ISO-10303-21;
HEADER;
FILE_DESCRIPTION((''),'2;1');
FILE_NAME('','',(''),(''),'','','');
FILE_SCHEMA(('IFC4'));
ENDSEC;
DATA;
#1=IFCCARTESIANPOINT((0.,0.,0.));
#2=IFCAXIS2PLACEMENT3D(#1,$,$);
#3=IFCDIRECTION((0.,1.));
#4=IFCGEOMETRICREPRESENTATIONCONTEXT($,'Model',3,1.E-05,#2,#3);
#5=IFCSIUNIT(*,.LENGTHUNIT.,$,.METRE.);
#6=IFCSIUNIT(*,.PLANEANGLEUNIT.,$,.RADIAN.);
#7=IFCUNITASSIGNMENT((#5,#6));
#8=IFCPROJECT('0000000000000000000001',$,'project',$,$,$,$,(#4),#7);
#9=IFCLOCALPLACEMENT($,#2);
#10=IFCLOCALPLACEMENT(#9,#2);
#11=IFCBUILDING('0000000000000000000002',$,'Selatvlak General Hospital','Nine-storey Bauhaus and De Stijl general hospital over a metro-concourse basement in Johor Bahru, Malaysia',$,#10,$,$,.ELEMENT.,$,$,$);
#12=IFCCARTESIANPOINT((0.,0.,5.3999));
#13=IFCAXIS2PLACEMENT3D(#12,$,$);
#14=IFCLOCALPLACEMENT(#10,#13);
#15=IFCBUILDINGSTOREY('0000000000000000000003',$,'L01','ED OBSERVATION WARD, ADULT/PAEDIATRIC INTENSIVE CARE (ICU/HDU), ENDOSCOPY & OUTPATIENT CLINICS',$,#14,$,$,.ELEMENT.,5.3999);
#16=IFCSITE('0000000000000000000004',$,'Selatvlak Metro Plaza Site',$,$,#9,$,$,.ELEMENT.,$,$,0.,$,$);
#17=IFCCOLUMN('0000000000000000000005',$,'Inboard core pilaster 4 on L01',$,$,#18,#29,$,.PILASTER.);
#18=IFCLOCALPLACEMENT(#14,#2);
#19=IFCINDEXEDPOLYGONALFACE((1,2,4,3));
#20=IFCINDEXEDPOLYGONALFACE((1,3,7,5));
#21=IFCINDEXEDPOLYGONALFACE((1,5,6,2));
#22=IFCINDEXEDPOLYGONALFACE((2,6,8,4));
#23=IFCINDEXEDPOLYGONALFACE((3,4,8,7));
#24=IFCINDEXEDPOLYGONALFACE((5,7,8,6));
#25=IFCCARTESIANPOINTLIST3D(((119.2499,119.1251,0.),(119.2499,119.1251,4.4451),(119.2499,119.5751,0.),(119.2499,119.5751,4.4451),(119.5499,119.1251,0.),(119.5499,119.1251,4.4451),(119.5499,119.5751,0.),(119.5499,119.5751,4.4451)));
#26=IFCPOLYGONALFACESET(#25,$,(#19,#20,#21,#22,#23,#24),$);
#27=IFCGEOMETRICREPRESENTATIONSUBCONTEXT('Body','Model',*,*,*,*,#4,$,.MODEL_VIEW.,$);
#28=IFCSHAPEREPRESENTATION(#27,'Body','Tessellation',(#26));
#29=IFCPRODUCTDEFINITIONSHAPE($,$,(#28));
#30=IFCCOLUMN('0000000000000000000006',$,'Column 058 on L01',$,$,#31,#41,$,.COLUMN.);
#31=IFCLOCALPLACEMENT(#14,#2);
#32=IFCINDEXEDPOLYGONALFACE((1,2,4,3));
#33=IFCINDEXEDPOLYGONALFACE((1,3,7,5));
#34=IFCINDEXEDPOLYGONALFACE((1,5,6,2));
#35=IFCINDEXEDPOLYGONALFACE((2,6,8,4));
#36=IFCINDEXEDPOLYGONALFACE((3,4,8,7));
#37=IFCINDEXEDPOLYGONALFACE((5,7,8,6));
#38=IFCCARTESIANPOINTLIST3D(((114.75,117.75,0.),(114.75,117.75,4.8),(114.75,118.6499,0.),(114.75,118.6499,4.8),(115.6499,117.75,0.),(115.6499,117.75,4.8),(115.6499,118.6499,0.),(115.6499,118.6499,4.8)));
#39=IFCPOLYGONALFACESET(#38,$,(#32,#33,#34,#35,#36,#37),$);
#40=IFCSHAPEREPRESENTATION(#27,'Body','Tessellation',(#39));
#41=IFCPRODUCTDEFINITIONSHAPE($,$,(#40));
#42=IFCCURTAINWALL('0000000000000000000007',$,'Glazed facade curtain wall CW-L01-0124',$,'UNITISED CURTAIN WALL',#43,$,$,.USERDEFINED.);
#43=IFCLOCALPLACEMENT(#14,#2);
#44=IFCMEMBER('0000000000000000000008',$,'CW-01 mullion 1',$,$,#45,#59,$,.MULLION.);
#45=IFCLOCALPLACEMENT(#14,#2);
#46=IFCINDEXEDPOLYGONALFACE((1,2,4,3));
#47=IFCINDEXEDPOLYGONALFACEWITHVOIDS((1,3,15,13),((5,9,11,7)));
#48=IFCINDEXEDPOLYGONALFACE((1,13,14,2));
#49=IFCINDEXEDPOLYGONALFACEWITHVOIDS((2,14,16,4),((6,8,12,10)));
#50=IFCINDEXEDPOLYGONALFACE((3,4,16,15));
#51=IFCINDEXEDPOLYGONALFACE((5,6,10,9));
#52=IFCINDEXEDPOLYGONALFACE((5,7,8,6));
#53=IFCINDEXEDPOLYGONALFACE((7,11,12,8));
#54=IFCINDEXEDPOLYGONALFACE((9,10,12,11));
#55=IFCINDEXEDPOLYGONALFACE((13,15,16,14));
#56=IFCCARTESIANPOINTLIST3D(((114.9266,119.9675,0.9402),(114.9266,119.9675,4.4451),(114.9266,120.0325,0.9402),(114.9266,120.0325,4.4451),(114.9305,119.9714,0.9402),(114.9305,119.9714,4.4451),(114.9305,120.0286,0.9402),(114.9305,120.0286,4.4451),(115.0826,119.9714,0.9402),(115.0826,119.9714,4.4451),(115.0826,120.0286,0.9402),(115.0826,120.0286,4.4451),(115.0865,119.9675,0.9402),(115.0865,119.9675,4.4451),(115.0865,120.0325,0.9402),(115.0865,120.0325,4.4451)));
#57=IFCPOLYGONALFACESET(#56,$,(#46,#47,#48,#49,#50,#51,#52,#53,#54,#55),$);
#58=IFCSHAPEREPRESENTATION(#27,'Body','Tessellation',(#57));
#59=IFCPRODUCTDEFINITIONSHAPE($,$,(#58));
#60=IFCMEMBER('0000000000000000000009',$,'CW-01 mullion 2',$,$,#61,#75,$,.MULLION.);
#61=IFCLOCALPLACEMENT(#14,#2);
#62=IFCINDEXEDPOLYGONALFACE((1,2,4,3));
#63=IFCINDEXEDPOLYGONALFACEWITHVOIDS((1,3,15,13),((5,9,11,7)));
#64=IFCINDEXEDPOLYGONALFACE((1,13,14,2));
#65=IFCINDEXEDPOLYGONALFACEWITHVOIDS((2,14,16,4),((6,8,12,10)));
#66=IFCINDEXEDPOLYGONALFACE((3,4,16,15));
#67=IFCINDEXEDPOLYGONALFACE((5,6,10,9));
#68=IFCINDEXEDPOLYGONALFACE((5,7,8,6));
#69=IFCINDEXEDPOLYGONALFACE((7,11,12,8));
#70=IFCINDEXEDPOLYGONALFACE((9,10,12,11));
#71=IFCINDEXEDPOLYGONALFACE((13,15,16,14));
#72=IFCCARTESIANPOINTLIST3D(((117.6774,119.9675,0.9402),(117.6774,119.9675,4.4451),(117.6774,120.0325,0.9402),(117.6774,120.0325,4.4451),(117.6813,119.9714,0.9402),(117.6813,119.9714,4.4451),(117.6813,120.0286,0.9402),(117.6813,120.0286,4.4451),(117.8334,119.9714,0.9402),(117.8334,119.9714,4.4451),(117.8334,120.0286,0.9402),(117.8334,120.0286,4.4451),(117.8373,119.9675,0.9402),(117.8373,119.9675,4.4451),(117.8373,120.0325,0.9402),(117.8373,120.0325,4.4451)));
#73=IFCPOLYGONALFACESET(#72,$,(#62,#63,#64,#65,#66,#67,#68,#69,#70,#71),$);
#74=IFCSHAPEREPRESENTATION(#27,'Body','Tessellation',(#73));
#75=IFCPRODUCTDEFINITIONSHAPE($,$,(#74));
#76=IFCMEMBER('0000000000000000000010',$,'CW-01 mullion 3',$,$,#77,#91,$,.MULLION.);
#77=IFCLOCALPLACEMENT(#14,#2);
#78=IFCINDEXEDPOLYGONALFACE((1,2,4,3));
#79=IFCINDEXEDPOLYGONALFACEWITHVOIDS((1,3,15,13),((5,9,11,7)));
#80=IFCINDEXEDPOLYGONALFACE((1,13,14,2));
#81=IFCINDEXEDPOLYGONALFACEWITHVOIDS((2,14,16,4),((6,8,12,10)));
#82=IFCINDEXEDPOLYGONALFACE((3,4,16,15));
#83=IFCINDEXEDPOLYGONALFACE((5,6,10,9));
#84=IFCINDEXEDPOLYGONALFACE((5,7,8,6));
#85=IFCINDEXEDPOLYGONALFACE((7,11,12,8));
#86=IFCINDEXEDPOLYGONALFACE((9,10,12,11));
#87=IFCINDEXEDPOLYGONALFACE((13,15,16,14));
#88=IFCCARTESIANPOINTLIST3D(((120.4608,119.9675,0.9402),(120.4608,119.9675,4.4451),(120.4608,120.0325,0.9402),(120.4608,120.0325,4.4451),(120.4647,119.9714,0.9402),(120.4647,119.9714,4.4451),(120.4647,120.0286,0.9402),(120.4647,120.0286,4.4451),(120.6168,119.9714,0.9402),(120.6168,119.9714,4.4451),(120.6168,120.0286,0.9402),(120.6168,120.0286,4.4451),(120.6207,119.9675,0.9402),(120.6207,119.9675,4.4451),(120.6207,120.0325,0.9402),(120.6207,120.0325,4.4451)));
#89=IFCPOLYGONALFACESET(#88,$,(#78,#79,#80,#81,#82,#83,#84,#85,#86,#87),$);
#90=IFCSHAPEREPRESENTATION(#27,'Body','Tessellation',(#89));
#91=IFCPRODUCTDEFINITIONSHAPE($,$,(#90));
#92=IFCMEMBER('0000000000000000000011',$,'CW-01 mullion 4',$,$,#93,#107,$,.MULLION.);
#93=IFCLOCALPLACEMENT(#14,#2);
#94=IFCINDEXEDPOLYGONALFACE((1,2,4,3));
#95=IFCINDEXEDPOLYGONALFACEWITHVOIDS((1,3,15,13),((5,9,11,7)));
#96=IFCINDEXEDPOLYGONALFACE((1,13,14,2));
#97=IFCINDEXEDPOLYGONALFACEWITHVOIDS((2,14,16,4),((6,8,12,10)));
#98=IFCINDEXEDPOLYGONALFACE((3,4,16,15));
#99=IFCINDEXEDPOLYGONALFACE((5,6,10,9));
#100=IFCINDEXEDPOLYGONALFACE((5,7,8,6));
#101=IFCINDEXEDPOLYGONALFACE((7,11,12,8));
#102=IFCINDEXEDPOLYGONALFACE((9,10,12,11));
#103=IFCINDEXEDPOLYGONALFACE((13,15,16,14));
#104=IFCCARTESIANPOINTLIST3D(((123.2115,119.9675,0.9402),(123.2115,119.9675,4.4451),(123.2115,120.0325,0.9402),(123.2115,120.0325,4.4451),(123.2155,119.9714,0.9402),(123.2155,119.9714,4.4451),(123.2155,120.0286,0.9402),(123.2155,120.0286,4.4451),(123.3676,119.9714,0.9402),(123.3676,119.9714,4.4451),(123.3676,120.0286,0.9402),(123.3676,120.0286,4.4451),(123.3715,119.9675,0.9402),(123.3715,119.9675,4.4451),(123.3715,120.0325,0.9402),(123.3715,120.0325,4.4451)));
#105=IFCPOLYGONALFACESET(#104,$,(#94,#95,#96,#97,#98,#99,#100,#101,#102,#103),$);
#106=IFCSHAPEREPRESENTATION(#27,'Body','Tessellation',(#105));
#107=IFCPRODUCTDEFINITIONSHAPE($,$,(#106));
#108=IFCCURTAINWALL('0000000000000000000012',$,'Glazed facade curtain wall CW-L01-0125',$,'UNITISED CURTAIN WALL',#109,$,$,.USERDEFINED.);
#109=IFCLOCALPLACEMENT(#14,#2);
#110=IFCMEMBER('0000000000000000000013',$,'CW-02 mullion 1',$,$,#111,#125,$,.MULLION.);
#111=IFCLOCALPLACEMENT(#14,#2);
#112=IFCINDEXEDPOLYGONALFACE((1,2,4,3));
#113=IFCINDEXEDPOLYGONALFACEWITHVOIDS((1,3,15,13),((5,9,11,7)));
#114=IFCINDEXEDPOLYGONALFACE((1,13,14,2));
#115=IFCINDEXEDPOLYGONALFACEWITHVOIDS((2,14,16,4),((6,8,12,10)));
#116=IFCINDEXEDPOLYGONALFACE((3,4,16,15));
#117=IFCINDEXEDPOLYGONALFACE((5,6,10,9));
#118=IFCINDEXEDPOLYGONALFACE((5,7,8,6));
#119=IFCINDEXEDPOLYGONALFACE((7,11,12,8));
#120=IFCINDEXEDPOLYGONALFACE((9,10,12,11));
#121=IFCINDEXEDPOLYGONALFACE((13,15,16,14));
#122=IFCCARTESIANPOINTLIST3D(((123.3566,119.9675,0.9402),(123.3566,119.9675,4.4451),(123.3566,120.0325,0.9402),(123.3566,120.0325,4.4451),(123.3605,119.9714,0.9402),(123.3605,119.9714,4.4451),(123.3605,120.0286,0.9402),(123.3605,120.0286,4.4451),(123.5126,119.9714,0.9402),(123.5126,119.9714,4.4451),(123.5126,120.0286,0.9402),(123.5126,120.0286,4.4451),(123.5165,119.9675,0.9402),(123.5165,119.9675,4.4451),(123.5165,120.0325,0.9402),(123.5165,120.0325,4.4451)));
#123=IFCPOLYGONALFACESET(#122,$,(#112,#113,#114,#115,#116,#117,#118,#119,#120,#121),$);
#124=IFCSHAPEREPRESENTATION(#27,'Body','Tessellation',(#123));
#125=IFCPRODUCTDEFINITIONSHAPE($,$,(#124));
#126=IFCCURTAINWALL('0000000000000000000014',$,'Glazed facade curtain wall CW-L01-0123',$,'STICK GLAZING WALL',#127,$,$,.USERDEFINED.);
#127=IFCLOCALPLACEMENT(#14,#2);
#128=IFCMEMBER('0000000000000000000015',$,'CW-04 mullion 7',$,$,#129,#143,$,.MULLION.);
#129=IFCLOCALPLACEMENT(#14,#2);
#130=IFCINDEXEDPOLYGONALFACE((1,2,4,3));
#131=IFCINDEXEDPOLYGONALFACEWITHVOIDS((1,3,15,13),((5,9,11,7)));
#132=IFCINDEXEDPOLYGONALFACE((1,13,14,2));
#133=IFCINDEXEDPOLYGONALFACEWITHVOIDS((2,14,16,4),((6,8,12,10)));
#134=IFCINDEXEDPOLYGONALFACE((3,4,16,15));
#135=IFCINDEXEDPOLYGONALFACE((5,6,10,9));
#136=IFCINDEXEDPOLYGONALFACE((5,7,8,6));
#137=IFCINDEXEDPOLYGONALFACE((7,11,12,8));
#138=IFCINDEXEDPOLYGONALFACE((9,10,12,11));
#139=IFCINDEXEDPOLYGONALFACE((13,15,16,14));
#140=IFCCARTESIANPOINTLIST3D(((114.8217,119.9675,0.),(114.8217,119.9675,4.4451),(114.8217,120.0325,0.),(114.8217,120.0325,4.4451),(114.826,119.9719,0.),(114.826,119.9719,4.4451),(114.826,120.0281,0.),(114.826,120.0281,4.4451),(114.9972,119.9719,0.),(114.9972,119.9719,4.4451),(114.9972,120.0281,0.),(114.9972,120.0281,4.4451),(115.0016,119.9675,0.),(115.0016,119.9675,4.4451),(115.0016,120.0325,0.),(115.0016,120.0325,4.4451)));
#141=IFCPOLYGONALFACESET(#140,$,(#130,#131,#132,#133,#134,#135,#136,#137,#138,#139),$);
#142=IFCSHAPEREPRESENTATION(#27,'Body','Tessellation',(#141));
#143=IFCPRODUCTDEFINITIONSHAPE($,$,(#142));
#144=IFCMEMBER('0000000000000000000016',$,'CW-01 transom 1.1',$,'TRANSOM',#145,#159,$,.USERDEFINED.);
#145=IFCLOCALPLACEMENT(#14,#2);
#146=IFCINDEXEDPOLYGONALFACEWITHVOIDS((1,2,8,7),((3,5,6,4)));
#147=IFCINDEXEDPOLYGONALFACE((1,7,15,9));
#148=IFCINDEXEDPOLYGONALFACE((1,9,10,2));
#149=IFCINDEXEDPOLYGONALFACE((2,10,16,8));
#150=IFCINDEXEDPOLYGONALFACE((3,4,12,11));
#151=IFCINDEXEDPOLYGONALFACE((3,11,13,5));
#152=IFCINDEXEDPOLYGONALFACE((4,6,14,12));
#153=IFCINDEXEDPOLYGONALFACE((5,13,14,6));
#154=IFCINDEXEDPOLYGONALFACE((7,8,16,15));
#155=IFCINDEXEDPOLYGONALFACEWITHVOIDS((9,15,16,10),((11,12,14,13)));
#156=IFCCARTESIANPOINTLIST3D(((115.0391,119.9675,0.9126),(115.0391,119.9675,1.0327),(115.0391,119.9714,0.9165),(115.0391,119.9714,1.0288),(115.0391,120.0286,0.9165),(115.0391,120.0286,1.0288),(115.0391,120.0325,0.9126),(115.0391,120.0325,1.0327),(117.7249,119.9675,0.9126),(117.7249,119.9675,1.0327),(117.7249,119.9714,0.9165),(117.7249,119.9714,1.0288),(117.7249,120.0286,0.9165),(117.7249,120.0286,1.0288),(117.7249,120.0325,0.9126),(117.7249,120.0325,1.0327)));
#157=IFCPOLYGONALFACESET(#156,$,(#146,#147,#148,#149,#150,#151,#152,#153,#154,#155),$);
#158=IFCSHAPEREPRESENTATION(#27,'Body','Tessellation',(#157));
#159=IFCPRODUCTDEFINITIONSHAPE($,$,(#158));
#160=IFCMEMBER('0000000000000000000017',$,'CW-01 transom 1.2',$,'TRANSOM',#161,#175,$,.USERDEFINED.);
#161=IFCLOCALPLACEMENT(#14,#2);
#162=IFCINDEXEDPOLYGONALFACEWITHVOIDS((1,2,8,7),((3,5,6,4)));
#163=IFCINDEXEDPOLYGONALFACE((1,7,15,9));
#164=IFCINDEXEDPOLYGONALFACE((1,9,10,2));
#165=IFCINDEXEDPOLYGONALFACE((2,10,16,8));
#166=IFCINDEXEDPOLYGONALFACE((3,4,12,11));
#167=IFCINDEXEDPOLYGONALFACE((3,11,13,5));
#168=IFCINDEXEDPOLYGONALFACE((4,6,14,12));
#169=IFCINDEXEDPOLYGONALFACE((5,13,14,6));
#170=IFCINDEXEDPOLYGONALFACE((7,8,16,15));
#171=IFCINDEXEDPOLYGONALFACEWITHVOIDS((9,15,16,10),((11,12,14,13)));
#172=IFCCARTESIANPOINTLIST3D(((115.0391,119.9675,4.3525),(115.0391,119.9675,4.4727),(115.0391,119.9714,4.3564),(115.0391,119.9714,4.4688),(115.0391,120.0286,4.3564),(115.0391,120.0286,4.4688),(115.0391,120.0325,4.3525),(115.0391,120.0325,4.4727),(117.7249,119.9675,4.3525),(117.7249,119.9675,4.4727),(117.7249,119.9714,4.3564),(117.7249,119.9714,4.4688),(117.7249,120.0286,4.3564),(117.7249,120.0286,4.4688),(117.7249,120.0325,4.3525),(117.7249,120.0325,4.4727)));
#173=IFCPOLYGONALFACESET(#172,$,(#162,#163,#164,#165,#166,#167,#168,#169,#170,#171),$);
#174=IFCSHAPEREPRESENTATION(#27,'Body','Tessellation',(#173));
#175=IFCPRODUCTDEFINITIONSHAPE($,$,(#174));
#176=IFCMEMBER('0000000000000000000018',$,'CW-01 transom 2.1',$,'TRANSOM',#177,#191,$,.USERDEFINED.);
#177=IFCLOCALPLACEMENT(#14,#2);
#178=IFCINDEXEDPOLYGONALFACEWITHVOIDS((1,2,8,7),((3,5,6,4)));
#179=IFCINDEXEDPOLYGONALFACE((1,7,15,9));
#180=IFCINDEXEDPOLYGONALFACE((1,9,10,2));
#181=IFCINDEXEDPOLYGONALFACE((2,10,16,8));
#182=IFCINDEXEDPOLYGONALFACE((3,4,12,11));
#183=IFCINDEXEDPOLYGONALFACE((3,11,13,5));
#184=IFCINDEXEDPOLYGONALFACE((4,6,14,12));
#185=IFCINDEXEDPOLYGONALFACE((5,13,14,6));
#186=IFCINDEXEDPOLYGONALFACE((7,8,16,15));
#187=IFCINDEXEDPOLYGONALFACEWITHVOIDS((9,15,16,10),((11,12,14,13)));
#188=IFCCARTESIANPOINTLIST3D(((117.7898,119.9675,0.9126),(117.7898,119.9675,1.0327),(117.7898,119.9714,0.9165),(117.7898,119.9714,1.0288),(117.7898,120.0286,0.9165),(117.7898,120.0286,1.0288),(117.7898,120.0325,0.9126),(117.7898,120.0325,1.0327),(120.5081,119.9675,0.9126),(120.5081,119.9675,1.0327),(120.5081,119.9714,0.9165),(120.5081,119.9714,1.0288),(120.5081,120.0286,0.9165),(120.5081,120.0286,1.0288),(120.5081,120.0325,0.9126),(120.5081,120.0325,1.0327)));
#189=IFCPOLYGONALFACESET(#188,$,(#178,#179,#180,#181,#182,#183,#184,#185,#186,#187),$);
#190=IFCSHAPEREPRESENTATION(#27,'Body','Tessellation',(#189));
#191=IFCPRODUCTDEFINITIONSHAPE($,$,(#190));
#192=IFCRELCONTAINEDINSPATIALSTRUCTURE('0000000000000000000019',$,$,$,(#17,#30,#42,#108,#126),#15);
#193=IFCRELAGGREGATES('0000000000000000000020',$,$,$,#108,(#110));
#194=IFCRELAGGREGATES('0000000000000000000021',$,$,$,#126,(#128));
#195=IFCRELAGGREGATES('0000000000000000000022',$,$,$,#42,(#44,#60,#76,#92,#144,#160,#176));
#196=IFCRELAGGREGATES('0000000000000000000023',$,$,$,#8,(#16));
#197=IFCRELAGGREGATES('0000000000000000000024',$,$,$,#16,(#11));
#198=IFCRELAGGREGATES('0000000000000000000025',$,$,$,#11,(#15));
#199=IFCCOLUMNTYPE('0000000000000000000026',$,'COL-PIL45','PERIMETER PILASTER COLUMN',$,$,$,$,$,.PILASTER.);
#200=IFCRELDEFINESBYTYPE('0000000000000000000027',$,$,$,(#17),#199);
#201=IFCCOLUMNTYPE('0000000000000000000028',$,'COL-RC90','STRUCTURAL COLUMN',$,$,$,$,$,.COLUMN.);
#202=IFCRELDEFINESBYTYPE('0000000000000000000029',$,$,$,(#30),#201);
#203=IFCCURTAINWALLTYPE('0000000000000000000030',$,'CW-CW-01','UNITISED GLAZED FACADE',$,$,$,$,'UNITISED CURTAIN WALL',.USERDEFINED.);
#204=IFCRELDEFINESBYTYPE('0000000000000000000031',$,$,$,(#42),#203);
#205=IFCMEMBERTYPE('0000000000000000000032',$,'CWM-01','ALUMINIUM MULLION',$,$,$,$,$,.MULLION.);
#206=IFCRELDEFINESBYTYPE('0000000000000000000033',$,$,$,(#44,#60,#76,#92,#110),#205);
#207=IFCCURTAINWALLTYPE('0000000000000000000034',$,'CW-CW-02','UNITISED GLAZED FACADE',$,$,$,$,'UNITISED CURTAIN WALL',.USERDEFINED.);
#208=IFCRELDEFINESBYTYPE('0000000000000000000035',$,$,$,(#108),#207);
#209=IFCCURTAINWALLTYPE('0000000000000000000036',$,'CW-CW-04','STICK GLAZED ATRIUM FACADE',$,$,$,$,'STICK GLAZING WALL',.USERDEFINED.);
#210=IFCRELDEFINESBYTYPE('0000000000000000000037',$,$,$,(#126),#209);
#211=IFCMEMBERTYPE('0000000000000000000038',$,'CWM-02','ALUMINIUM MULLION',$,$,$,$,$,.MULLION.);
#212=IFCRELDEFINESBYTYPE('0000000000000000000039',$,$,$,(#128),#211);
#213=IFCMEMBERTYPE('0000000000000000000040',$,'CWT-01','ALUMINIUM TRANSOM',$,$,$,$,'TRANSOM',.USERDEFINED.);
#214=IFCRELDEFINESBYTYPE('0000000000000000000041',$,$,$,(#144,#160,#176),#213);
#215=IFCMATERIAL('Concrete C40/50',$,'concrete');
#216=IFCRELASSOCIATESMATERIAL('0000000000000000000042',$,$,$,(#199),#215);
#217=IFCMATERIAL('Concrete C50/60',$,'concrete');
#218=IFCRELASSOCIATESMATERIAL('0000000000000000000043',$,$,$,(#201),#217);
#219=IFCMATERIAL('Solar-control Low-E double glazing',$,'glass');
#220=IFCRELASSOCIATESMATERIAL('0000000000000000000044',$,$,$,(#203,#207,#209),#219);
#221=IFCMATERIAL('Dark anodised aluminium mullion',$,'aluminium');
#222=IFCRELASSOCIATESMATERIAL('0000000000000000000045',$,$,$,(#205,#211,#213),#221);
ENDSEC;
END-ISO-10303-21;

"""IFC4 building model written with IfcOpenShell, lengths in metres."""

from ifc_helpers import new_model, si_unit, direction, frame, origin, origin_2d, place, context, subcontext, project, spatial, rectangle, hollow_rectangle, extrude, material, material_profile, profile_set, type_object, element, aggregate, save


model = new_model("IFC4")

# Units and contexts
model_context = context("Model", 3, precision=1e-05, world=origin(), true_north=direction((0.0, 1.0)))
body_context = subcontext(model_context, "Body", "Model", "MODEL_VIEW")
ifc_project = project(units=[si_unit("LENGTHUNIT", "METRE"), si_unit("PLANEANGLEUNIT", "RADIAN")], contexts=[model_context])

# Site, building, storey
site_placement = place(None, origin())
site = spatial("IfcSite", under=ifc_project, at=site_placement, Name="Selatvlak Metro Plaza Site", CompositionType="ELEMENT", RefElevation=0.0)
building_placement = place(site_placement, origin())
building = spatial("IfcBuilding", under=site, at=building_placement, Name="Selatvlak General Hospital", Description="Nine-storey Bauhaus and De Stijl general hospital over a metro-concourse basement in Johor Bahru, Malaysia", CompositionType="ELEMENT")
storey_placement = place(building_placement, frame((0.0, 0.0, 5.3999)))
storey = spatial("IfcBuildingStorey", under=building, at=storey_placement, Name="L01", Description="ED OBSERVATION WARD, ADULT/PAEDIATRIC INTENSIVE CARE (ICU/HDU), ENDOSCOPY & OUTPATIENT CLINICS", CompositionType="ELEMENT", Elevation=5.3999)

# Columns
ifc_material_1 = material(Name="Concrete C40/50", Category="concrete")
ifc_material_profile_1 = material_profile(ifc_material_1, rectangle(XDim=0.3, YDim=0.45, at=origin_2d()), Name="RC-PIL 450x300")
ifc_profile_set_1 = profile_set([ifc_material_profile_1], Name="Concrete C40/50")
column_type_1 = type_object("IfcColumnType", Name="COL-PIL45", Description="PERIMETER PILASTER COLUMN", PredefinedType="PILASTER", material=ifc_profile_set_1)
column_1_placement = place(storey_placement, frame((119.3999, 119.3501, 0.0), z_axis=(0.0, 0.0, 1.0), x_axis=(1.0, 0.0, 0.0)))
element("IfcColumn", 1, at=column_1_placement, inside=storey, type_object=column_type_1, Name="Inboard core pilaster 4 on L01", PredefinedType="PILASTER", context=body_context, shape_type="SweptSolid", body=[
    extrude(rectangle(XDim=0.3, YDim=0.45, at=origin_2d()), origin(), (0.0, 0.0, 1.0), 4.4451),
])
ifc_material_2 = material(Name="Concrete C50/60", Category="concrete")
ifc_material_profile_2 = material_profile(ifc_material_2, rectangle(XDim=0.8999, YDim=0.8999, at=origin_2d()), Name="RC-COL 900x900")
ifc_profile_set_2 = profile_set([ifc_material_profile_2], Name="Concrete C50/60")
column_type_2 = type_object("IfcColumnType", Name="COL-RC90", Description="STRUCTURAL COLUMN", PredefinedType="COLUMN", material=ifc_profile_set_2)
column_2_placement = place(storey_placement, frame((115.2, 118.2, 0.0), z_axis=(0.0, 0.0, 1.0), x_axis=(1.0, 0.0, 0.0)))
element("IfcColumn", 2, at=column_2_placement, inside=storey, type_object=column_type_2, Name="Column 058 on L01", PredefinedType="COLUMN", context=body_context, shape_type="SweptSolid", body=[
    extrude(rectangle(XDim=0.8999, YDim=0.8999, at=origin_2d()), origin(), (0.0, 0.0, 1.0), 4.8),
])

# Curtain wall, members
ifc_material_3 = material(Name="Solar-control Low-E double glazing", Category="glass")
curtain_wall_type_1 = type_object("IfcCurtainWallType", Name="CW-CW-01", Description="UNITISED GLAZED FACADE", ElementType="UNITISED CURTAIN WALL", PredefinedType="USERDEFINED", material=ifc_material_3)
curtain_wall_1_placement = place(storey_placement, origin())
curtain_wall_1 = element("IfcCurtainWall", 3, at=curtain_wall_1_placement, inside=storey, type_object=curtain_wall_type_1, Name="Glazed facade curtain wall CW-L01-0124", ObjectType="UNITISED CURTAIN WALL", PredefinedType="USERDEFINED")
ifc_material_4 = material(Name="Dark anodised aluminium mullion", Category="aluminium")
ifc_material_profile_3 = material_profile(ifc_material_4, hollow_rectangle(XDim=0.0649, YDim=0.1599, WallThickness=0.0039, at=origin_2d()), Name="AL-MUL 65x160x4")
ifc_profile_set_3 = profile_set([ifc_material_profile_3], Name="Dark anodised aluminium mullion")
member_type_1 = type_object("IfcMemberType", Name="CWM-01", Description="ALUMINIUM MULLION", PredefinedType="MULLION", material=ifc_profile_set_3)
member_1_placement = place(storey_placement, frame((115.0066, 120.0, 0.9402), z_axis=(0.0, 0.0, 1.0), x_axis=(0.0, 1.0, 0.0)))
member_1 = element("IfcMember", 4, at=member_1_placement, type_object=member_type_1, Name="CW-01 mullion 1", PredefinedType="MULLION", context=body_context, shape_type="SweptSolid", body=[
    extrude(hollow_rectangle(XDim=0.0649, YDim=0.1599, WallThickness=0.0039, at=origin_2d()), origin(), (0.0, 0.0, 1.0), 3.5049),
])
member_2_placement = place(storey_placement, frame((117.7573, 120.0, 0.9402), z_axis=(0.0, 0.0, 1.0), x_axis=(0.0, 1.0, 0.0)))
member_2 = element("IfcMember", 5, at=member_2_placement, type_object=member_type_1, Name="CW-01 mullion 2", PredefinedType="MULLION", context=body_context, shape_type="SweptSolid", body=[
    extrude(hollow_rectangle(XDim=0.0649, YDim=0.1599, WallThickness=0.0039, at=origin_2d()), origin(), (0.0, 0.0, 1.0), 3.5049),
])
member_3_placement = place(storey_placement, frame((120.5408, 120.0, 0.9402), z_axis=(0.0, 0.0, 1.0), x_axis=(0.0, 1.0, 0.0)))
member_3 = element("IfcMember", 6, at=member_3_placement, type_object=member_type_1, Name="CW-01 mullion 3", PredefinedType="MULLION", context=body_context, shape_type="SweptSolid", body=[
    extrude(hollow_rectangle(XDim=0.0649, YDim=0.1599, WallThickness=0.0039, at=origin_2d()), origin(), (0.0, 0.0, 1.0), 3.5049),
])
member_4_placement = place(storey_placement, frame((123.2915, 120.0, 0.9402), z_axis=(0.0, 0.0, 1.0), x_axis=(0.0, 1.0, 0.0)))
member_4 = element("IfcMember", 7, at=member_4_placement, type_object=member_type_1, Name="CW-01 mullion 4", PredefinedType="MULLION", context=body_context, shape_type="SweptSolid", body=[
    extrude(hollow_rectangle(XDim=0.0649, YDim=0.1599, WallThickness=0.0039, at=origin_2d()), origin(), (0.0, 0.0, 1.0), 3.5049),
])

# Curtain walls, members
curtain_wall_type_2 = type_object("IfcCurtainWallType", Name="CW-CW-02", Description="UNITISED GLAZED FACADE", ElementType="UNITISED CURTAIN WALL", PredefinedType="USERDEFINED", material=ifc_material_3)
curtain_wall_2_placement = place(storey_placement, origin())
curtain_wall_2 = element("IfcCurtainWall", 8, at=curtain_wall_2_placement, inside=storey, type_object=curtain_wall_type_2, Name="Glazed facade curtain wall CW-L01-0125", ObjectType="UNITISED CURTAIN WALL", PredefinedType="USERDEFINED")
member_5_placement = place(storey_placement, frame((123.4365, 120.0, 0.9402), z_axis=(0.0, 0.0, 1.0), x_axis=(0.0, 1.0, 0.0)))
member_5 = element("IfcMember", 9, at=member_5_placement, type_object=member_type_1, Name="CW-02 mullion 1", PredefinedType="MULLION", context=body_context, shape_type="SweptSolid", body=[
    extrude(hollow_rectangle(XDim=0.0649, YDim=0.1599, WallThickness=0.0039, at=origin_2d()), origin(), (0.0, 0.0, 1.0), 3.5049),
])
curtain_wall_type_3 = type_object("IfcCurtainWallType", Name="CW-CW-04", Description="STICK GLAZED ATRIUM FACADE", ElementType="STICK GLAZING WALL", PredefinedType="USERDEFINED", material=ifc_material_3)
curtain_wall_3_placement = place(storey_placement, origin())
curtain_wall_3 = element("IfcCurtainWall", 10, at=curtain_wall_3_placement, inside=storey, type_object=curtain_wall_type_3, Name="Glazed facade curtain wall CW-L01-0123", ObjectType="STICK GLAZING WALL", PredefinedType="USERDEFINED")
ifc_material_profile_4 = material_profile(ifc_material_4, hollow_rectangle(XDim=0.0649, YDim=0.1799, WallThickness=0.0044, at=origin_2d()), Name="AL-MUL 65x180x4.5")
ifc_profile_set_4 = profile_set([ifc_material_profile_4], Name="Dark anodised aluminium mullion")
member_type_2 = type_object("IfcMemberType", Name="CWM-02", Description="ALUMINIUM MULLION", PredefinedType="MULLION", material=ifc_profile_set_4)
member_6_placement = place(storey_placement, frame((114.9116, 120.0, 0.0), z_axis=(0.0, 0.0, 1.0), x_axis=(0.0, 1.0, 0.0)))
member_6 = element("IfcMember", 11, at=member_6_placement, type_object=member_type_2, Name="CW-04 mullion 7", PredefinedType="MULLION", context=body_context, shape_type="SweptSolid", body=[
    extrude(hollow_rectangle(XDim=0.0649, YDim=0.1799, WallThickness=0.0044, at=origin_2d()), origin(), (0.0, 0.0, 1.0), 4.4451),
])

# Members
ifc_material_profile_5 = material_profile(ifc_material_4, hollow_rectangle(XDim=0.0649, YDim=0.1201, WallThickness=0.0039, at=origin_2d()), Name="AL-TRN 65x120x4")
ifc_profile_set_5 = profile_set([ifc_material_profile_5], Name="Dark anodised aluminium mullion")
member_type_3 = type_object("IfcMemberType", Name="CWT-01", Description="ALUMINIUM TRANSOM", ElementType="TRANSOM", PredefinedType="USERDEFINED", material=ifc_profile_set_5)
member_7_placement = place(storey_placement, frame((115.0391, 120.0, 0.9727), z_axis=(1.0, 0.0, 0.0), x_axis=(0.0, 1.0, 0.0)))
member_7 = element("IfcMember", 12, at=member_7_placement, type_object=member_type_3, Name="CW-01 transom 1.1", ObjectType="TRANSOM", PredefinedType="USERDEFINED", context=body_context, shape_type="SweptSolid", body=[
    extrude(hollow_rectangle(XDim=0.0649, YDim=0.1201, WallThickness=0.0039, at=origin_2d()), origin(), (0.0, 0.0, 1.0), 2.6858),
])
member_8_placement = place(storey_placement, frame((115.0391, 120.0, 4.4126), z_axis=(1.0, 0.0, 0.0), x_axis=(0.0, 1.0, 0.0)))
member_8 = element("IfcMember", 13, at=member_8_placement, type_object=member_type_3, Name="CW-01 transom 1.2", ObjectType="TRANSOM", PredefinedType="USERDEFINED", context=body_context, shape_type="SweptSolid", body=[
    extrude(hollow_rectangle(XDim=0.0649, YDim=0.1201, WallThickness=0.0039, at=origin_2d()), origin(), (0.0, 0.0, 1.0), 2.6858),
])
member_9_placement = place(storey_placement, frame((117.7898, 120.0, 0.9727), z_axis=(1.0, 0.0, 0.0), x_axis=(0.0, 1.0, 0.0)))
member_9 = element("IfcMember", 14, at=member_9_placement, type_object=member_type_3, Name="CW-01 transom 2.1", ObjectType="TRANSOM", PredefinedType="USERDEFINED", context=body_context, shape_type="SweptSolid", body=[
    extrude(hollow_rectangle(XDim=0.0649, YDim=0.1201, WallThickness=0.0039, at=origin_2d()), origin(), (0.0, 0.0, 1.0), 2.7183),
])
aggregate(curtain_wall_2, [member_5])

aggregate(curtain_wall_3, [member_6])
aggregate(curtain_wall_1, [member_1, member_2, member_3, member_4, member_7, member_8, member_9])

save(model, "model.ifc")
